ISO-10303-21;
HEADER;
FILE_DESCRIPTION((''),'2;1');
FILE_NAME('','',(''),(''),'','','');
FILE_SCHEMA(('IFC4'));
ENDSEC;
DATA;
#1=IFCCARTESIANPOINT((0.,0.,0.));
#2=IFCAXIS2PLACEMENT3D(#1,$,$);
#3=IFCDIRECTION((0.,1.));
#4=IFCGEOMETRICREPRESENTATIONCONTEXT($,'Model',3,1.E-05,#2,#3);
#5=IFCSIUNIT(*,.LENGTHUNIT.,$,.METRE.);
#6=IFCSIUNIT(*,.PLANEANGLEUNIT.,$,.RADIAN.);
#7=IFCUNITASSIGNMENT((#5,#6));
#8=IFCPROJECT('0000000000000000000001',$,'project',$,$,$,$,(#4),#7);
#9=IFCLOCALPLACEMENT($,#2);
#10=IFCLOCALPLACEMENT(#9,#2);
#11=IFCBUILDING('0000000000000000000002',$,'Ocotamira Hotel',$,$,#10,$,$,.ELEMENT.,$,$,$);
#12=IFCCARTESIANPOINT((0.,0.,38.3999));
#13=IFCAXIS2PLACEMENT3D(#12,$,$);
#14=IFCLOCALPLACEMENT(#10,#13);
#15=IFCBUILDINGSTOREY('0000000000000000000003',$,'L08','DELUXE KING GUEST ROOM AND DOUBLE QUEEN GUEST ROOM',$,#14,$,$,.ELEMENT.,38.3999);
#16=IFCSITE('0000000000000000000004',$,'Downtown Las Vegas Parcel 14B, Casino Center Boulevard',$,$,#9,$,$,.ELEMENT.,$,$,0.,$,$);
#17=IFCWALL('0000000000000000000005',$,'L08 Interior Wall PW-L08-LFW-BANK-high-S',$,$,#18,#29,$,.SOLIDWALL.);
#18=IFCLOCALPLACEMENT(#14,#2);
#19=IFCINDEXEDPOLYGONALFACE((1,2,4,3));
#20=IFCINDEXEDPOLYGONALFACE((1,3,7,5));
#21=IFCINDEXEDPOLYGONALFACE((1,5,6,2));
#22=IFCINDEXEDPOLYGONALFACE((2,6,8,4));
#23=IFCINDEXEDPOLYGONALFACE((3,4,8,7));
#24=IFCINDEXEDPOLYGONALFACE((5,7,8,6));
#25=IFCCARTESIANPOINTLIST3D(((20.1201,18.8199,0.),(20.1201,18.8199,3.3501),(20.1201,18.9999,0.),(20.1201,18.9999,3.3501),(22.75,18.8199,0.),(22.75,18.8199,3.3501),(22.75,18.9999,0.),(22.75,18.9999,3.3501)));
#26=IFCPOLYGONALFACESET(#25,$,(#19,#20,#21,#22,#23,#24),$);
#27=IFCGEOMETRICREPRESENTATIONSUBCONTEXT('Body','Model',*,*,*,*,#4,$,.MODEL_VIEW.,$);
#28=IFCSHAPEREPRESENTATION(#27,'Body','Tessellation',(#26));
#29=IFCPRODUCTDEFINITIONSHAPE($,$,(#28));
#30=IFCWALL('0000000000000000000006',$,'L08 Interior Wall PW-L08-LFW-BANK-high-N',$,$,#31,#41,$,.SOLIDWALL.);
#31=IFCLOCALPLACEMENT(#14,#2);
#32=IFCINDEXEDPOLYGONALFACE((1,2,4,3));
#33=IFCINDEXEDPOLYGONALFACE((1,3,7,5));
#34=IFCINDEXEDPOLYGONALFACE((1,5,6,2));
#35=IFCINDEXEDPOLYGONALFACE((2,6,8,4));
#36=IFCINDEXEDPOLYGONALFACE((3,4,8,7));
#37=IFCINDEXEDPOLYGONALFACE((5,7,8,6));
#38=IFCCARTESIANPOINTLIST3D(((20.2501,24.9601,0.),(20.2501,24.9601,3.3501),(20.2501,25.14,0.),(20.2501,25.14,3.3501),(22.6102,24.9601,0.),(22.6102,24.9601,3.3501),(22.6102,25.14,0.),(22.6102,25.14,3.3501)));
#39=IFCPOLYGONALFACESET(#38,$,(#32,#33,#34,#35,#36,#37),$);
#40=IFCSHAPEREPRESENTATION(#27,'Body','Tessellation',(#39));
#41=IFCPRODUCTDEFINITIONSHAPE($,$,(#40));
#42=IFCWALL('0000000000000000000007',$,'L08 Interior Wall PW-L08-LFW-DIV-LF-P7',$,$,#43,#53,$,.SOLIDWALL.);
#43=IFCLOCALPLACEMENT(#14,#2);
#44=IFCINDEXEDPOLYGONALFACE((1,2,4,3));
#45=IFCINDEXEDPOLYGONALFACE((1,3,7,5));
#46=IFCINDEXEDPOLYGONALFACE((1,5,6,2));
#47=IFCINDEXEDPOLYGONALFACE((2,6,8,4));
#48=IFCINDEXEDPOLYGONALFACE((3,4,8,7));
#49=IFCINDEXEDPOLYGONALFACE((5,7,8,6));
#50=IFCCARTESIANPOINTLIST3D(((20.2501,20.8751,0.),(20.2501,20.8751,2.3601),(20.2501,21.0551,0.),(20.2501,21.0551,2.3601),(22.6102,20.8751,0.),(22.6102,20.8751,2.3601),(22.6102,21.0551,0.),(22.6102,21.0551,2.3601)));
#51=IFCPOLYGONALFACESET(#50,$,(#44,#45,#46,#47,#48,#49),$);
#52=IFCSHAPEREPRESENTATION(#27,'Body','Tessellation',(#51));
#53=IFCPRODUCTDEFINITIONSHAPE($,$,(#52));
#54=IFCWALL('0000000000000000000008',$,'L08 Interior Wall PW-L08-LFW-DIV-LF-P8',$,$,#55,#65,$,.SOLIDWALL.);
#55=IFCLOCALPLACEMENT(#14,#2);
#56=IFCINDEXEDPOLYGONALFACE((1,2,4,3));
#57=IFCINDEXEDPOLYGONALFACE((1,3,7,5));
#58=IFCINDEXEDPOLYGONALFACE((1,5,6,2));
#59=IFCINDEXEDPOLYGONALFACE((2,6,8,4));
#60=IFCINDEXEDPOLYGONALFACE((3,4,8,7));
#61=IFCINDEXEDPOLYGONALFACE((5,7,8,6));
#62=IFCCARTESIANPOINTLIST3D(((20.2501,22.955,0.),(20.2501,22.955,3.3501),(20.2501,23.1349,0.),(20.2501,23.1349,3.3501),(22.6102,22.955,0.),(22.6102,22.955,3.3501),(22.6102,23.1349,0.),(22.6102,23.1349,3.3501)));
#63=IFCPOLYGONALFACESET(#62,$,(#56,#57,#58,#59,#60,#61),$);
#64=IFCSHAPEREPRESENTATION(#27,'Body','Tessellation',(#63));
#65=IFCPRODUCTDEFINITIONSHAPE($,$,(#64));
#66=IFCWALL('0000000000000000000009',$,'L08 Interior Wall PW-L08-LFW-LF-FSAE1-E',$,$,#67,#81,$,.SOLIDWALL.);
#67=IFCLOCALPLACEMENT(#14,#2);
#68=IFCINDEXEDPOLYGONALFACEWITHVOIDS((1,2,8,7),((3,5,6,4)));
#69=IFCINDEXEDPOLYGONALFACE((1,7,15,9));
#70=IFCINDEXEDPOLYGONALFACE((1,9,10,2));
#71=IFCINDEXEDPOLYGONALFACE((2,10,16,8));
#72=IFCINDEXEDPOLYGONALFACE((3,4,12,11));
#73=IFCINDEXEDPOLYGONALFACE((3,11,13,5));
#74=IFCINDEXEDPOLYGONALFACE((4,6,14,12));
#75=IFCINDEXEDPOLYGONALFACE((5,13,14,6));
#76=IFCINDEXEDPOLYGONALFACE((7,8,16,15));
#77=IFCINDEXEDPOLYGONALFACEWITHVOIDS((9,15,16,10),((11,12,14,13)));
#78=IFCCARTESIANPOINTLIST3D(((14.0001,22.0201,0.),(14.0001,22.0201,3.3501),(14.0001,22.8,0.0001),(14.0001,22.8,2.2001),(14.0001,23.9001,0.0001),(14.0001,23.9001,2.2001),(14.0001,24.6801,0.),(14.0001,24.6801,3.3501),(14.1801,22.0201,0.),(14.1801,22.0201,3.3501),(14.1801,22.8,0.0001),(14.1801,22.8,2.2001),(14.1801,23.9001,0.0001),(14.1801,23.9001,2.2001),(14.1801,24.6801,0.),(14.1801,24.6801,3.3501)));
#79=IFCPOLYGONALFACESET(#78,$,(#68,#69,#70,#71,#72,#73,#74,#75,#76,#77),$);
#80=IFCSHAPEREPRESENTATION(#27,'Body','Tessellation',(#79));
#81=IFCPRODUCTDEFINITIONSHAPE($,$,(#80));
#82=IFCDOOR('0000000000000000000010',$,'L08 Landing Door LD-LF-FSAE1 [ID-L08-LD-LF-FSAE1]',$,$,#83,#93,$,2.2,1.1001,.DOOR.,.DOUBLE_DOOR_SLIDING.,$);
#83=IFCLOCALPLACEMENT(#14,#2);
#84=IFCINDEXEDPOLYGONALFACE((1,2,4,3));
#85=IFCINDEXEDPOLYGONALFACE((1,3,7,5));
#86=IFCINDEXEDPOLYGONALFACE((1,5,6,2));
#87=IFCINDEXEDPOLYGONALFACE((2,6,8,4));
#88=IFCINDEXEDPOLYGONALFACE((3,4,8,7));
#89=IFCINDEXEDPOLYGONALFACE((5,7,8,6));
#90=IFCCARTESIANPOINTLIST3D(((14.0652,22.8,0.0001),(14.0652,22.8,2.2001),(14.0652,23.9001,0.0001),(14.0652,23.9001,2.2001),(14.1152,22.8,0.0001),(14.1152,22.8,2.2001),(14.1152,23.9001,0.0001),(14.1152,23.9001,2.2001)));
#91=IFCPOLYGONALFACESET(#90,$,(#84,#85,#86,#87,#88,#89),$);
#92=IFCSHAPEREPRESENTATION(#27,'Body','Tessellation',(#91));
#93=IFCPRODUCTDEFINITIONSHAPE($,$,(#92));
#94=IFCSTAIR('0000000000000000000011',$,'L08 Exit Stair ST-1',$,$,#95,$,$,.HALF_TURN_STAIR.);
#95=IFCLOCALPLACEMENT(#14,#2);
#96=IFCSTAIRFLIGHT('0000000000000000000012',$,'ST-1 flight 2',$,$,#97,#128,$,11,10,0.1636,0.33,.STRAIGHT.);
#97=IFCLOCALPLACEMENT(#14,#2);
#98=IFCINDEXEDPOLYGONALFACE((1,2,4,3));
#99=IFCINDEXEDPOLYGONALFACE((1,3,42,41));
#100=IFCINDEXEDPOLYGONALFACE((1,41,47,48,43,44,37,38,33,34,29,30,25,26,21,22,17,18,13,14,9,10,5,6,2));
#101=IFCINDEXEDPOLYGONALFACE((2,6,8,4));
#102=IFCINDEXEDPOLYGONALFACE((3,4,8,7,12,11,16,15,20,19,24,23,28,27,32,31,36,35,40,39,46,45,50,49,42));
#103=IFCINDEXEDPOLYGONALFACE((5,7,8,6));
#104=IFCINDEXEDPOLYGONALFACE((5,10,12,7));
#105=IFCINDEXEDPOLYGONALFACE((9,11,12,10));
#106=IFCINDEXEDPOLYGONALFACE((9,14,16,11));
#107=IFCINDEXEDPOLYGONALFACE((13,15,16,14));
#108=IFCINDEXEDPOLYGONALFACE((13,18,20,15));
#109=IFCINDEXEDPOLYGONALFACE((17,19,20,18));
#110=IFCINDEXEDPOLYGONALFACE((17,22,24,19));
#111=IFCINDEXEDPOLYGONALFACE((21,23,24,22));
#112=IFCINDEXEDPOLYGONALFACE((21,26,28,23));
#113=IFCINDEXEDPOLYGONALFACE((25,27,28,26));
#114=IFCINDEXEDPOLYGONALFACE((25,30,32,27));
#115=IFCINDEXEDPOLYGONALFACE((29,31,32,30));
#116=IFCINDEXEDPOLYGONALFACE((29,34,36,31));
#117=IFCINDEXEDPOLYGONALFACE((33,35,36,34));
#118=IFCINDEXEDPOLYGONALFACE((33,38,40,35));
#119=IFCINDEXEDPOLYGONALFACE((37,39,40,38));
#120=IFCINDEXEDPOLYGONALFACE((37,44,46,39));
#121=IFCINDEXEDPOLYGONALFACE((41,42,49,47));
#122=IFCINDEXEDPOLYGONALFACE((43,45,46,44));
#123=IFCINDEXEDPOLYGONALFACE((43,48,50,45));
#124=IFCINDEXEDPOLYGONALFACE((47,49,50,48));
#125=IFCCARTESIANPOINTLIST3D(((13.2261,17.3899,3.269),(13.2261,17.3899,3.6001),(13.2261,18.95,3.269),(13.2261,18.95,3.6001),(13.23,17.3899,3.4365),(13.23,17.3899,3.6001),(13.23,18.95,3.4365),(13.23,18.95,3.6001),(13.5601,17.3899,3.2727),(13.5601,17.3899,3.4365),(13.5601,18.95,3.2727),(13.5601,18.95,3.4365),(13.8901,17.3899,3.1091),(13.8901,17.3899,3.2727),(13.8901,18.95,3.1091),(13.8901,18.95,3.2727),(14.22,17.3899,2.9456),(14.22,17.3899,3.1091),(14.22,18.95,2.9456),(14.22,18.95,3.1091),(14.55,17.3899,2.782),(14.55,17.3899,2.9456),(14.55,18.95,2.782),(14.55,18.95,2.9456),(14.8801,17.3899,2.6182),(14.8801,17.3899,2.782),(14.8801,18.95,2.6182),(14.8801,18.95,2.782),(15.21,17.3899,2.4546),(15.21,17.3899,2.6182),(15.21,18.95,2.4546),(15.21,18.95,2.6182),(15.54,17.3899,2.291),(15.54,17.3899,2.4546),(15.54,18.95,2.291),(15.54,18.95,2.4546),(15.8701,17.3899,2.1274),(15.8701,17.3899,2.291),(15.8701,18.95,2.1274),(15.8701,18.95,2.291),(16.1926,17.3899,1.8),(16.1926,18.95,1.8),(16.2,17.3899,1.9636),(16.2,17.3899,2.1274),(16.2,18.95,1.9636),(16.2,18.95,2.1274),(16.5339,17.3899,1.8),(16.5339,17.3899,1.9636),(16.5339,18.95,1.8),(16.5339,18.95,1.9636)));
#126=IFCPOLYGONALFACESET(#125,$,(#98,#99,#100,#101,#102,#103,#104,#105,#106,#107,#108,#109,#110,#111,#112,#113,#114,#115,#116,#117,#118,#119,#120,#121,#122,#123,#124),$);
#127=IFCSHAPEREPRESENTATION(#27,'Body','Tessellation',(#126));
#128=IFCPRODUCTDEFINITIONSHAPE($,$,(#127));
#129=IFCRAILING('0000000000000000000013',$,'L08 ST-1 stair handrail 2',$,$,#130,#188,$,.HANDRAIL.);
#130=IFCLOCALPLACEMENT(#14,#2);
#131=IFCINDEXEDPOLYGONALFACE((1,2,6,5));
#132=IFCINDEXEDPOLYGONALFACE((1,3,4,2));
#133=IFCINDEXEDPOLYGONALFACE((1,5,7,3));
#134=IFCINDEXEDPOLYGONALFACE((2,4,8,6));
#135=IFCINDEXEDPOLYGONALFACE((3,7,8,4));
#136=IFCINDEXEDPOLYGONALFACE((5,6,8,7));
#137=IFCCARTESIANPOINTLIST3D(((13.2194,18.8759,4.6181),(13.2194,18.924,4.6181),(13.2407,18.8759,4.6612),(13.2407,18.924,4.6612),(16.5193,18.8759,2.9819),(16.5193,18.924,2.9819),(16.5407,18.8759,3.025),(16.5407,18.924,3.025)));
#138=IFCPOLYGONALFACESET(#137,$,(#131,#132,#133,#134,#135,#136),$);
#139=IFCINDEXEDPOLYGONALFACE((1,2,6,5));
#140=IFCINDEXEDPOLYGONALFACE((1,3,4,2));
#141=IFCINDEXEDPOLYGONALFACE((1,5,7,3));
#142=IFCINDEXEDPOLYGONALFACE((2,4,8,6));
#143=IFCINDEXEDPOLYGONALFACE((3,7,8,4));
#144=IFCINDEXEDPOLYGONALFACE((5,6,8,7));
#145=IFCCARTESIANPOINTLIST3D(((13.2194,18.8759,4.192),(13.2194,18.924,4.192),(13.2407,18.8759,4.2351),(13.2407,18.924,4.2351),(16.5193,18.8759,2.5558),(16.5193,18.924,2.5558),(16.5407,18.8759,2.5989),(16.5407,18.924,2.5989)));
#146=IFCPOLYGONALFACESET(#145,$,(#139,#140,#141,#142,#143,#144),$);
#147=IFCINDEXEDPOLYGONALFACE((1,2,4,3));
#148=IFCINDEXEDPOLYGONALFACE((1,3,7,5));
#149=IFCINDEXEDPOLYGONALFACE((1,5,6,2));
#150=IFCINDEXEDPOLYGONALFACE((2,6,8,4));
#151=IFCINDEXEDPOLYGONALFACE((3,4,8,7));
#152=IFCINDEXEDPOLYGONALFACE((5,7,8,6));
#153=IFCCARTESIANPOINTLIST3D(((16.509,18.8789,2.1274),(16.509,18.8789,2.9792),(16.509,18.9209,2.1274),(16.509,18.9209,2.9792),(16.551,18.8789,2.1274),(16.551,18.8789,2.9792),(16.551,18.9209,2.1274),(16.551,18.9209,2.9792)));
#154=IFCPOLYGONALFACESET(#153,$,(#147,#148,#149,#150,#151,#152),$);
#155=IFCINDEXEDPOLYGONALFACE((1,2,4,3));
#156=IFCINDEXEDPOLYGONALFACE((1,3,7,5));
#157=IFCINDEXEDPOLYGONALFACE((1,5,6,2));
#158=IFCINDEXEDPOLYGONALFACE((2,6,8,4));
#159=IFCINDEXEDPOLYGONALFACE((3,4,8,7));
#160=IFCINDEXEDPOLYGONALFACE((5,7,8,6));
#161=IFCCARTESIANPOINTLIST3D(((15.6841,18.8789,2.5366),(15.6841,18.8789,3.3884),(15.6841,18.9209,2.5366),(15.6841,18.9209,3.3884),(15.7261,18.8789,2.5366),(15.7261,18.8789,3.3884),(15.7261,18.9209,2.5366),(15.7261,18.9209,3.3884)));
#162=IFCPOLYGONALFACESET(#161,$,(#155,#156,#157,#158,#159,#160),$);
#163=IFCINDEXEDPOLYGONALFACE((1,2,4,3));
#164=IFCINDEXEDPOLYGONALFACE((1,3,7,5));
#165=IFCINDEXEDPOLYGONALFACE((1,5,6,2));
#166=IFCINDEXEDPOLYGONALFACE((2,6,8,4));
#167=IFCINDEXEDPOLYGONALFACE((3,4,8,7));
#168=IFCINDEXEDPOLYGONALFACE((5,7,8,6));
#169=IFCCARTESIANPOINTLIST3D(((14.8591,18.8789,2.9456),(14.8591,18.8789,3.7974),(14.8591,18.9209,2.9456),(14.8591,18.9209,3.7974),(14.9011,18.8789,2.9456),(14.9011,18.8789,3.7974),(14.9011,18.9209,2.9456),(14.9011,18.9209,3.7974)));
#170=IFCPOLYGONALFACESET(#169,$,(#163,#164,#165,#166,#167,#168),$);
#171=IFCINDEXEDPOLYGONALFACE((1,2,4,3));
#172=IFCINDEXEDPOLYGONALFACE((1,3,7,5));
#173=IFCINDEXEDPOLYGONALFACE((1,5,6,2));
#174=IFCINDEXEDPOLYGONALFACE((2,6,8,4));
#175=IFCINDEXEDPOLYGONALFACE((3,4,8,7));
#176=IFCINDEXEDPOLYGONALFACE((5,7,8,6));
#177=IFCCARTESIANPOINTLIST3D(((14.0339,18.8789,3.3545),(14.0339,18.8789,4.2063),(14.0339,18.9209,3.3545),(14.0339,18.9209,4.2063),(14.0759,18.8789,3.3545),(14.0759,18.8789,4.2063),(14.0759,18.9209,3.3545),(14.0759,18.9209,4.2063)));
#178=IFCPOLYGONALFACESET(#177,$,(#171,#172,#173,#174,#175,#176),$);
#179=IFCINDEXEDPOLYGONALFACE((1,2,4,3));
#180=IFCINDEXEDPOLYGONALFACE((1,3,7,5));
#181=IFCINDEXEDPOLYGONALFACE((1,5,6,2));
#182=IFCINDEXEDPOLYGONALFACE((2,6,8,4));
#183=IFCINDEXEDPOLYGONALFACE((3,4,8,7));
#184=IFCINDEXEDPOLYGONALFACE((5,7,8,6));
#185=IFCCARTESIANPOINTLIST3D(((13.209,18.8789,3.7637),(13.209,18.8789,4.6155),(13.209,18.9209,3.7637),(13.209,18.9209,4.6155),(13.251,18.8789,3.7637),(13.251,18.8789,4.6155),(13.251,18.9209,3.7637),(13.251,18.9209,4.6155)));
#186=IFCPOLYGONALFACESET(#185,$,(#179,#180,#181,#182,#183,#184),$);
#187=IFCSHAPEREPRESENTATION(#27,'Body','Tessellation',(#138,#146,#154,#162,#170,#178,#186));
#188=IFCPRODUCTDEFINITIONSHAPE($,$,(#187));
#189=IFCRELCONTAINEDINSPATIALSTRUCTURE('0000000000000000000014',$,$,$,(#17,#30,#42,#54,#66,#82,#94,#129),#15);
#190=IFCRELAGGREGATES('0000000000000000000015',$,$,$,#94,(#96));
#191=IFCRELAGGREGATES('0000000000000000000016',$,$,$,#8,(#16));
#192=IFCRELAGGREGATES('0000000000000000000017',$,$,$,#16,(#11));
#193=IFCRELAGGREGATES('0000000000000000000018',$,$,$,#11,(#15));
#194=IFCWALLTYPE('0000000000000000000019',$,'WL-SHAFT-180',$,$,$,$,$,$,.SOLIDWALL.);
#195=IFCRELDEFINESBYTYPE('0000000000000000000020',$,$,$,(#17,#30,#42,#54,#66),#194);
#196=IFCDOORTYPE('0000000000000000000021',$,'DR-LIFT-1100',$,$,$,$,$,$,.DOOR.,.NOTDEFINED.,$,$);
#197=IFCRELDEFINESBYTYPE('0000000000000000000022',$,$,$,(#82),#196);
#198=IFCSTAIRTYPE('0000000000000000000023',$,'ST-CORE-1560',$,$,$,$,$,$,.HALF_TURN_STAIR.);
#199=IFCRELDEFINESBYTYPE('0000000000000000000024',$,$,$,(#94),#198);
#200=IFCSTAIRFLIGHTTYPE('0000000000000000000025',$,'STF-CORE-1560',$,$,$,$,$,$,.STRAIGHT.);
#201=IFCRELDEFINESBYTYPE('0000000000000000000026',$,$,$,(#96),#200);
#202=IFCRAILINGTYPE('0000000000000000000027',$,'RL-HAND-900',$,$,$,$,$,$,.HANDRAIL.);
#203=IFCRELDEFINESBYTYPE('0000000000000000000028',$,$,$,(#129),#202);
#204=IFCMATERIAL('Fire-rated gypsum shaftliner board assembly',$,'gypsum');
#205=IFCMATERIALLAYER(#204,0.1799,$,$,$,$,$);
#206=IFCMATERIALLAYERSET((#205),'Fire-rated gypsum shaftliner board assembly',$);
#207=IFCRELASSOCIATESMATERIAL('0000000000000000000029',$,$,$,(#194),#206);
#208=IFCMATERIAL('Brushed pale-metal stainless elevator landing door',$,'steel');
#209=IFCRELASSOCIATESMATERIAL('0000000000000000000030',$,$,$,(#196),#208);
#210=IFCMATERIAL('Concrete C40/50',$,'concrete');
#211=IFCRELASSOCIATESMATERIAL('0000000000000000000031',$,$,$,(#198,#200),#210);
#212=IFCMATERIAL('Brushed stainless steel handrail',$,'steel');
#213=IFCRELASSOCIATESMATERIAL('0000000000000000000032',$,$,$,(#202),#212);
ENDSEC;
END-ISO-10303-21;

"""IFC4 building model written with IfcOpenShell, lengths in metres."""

from ifc_helpers import new_model, si_unit, direction, frame, frame_2d, origin, origin_2d, place, context, subcontext, project, spatial, polyline, rectangle, outline, extrude, source, transform, mapped, material, layer, layer_set, type_object, element, fill, aggregate, save


model = new_model("IFC4")

# Units and contexts
model_context = context("Model", 3, precision=1e-05, world=origin(), true_north=direction((0.0, 1.0)))
body_context = subcontext(model_context, "Body", "Model", "MODEL_VIEW")
ifc_project = project(units=[si_unit("LENGTHUNIT", "METRE"), si_unit("PLANEANGLEUNIT", "RADIAN")], contexts=[model_context])

# Site, building, storey
site_placement = place(None, origin())
site = spatial("IfcSite", under=ifc_project, at=site_placement, Name="Downtown Las Vegas Parcel 14B, Casino Center Boulevard", CompositionType="ELEMENT", RefElevation=0.0)
building_placement = place(site_placement, origin())
building = spatial("IfcBuilding", under=site, at=building_placement, Name="Ocotamira Hotel", CompositionType="ELEMENT")
storey_placement = place(building_placement, frame((0.0, 0.0, 38.3999)))
storey = spatial("IfcBuildingStorey", under=building, at=storey_placement, Name="L08", Description="DELUXE KING GUEST ROOM AND DOUBLE QUEEN GUEST ROOM", CompositionType="ELEMENT", Elevation=38.3999)

# Walls
ifc_material_1 = material(Name="Fire-rated gypsum shaftliner board assembly", Category="gypsum")
ifc_layer_1 = layer(ifc_material_1, 0.1799)
ifc_layer_set_1 = layer_set([ifc_layer_1], Name="Fire-rated gypsum shaftliner board assembly")
wall_type_1 = type_object("IfcWallType", Name="WL-SHAFT-180", PredefinedType="SOLIDWALL", material=ifc_layer_set_1)
wall_1_placement = place(storey_placement, frame((20.1201, 18.9099, 0.0), z_axis=(0.0, 0.0, 1.0), x_axis=(1.0, 0.0, 0.0)))
element("IfcWall", 1, at=wall_1_placement, inside=storey, type_object=wall_type_1, Name="L08 Interior Wall PW-L08-LFW-BANK-high-S", PredefinedType="SOLIDWALL", context=body_context, shape_type="SweptSolid", body=[
    extrude(rectangle(XDim=2.6299, YDim=0.1799, at=frame_2d((1.3149, 0.0))), origin(), (0.0, 0.0, 1.0), 3.3501),
])
wall_2_placement = place(storey_placement, frame((20.25, 25.05, 0.0), z_axis=(0.0, 0.0, 1.0), x_axis=(1.0, 0.0, 0.0)))
element("IfcWall", 2, at=wall_2_placement, inside=storey, type_object=wall_type_1, Name="L08 Interior Wall PW-L08-LFW-BANK-high-N", PredefinedType="SOLIDWALL", context=body_context, shape_type="SweptSolid", body=[
    extrude(rectangle(XDim=2.3601, YDim=0.1799, at=frame_2d((1.1802, 0.0))), origin(), (0.0, 0.0, 1.0), 3.3501),
])
wall_3_placement = place(storey_placement, frame((20.25, 20.9651, 0.0), z_axis=(0.0, 0.0, 1.0), x_axis=(1.0, 0.0, 0.0)))
element("IfcWall", 3, at=wall_3_placement, inside=storey, type_object=wall_type_1, Name="L08 Interior Wall PW-L08-LFW-DIV-LF-P7", PredefinedType="SOLIDWALL", context=body_context, shape_type="SweptSolid", body=[
    extrude(rectangle(XDim=2.3601, YDim=0.1799, at=frame_2d((1.1802, 0.0))), origin(), (0.0, 0.0, 1.0), 2.3601),
])
wall_4_placement = place(storey_placement, frame((20.25, 23.0449, 0.0), z_axis=(0.0, 0.0, 1.0), x_axis=(1.0, 0.0, 0.0)))
element("IfcWall", 4, at=wall_4_placement, inside=storey, type_object=wall_type_1, Name="L08 Interior Wall PW-L08-LFW-DIV-LF-P8", PredefinedType="SOLIDWALL", context=body_context, shape_type="SweptSolid", body=[
    extrude(rectangle(XDim=2.3601, YDim=0.1799, at=frame_2d((1.1802, 0.0))), origin(), (0.0, 0.0, 1.0), 3.3501),
])

# Wall, opening, door
wall_5_placement = place(storey_placement, frame((14.0901, 22.02, 0.0), z_axis=(0.0, 0.0, 1.0), x_axis=(0.0, 1.0, 0.0)))
wall_5 = element("IfcWall", 5, at=wall_5_placement, inside=storey, type_object=wall_type_1, Name="L08 Interior Wall PW-L08-LFW-LF-FSAE1-E", PredefinedType="SOLIDWALL", context=body_context, shape_type="SweptSolid", body=[
    extrude(rectangle(XDim=2.6599, YDim=0.1799, at=frame_2d((1.3301, 0.0))), origin(), (0.0, 0.0, 1.0), 3.3501),
])
opening_1_placement = place(wall_5_placement, frame((0.78, 0.0, 0.0)))
opening_1 = element("IfcOpeningElement", 6, at=opening_1_placement, cuts=wall_5, PredefinedType="OPENING", context=body_context, shape_type="SweptSolid", body=[
    extrude(rectangle(XDim=1.1001, YDim=2.2, at=frame_2d((0.55, 1.1001))), frame((0.0, 0.1001, 0.0), z_axis=(0.0, -1.0, 0.0), x_axis=(1.0, 0.0, 0.0)), (0.0, 0.0, 1.0), 0.2),
])
ifc_material_2 = material(Name="Brushed pale-metal stainless elevator landing door", Category="steel")
door_type_1 = type_object("IfcDoorType", Name="DR-LIFT-1100", OperationType="NOTDEFINED", PredefinedType="DOOR", material=ifc_material_2)
shared_shape_1 = source(origin(), body_context, "Body", "SweptSolid", [
    extrude(rectangle(XDim=1.1001, YDim=2.2, at=frame_2d((0.55, 1.1001))), frame((0.0, 0.0249, 0.0), z_axis=(0.0, -1.0, 0.0), x_axis=(1.0, 0.0, 0.0)), (0.0, 0.0, 1.0), 0.05),
])
door_1_placement = place(opening_1_placement, origin())
door_1 = element("IfcDoor", 7, at=door_1_placement, inside=storey, type_object=door_type_1, Name="L08 Landing Door LD-LF-FSAE1 [ID-L08-LD-LF-FSAE1]", OperationType="DOUBLE_DOOR_SLIDING", OverallHeight=2.2, OverallWidth=1.1001, PredefinedType="DOOR", context=body_context, shape_type="MappedRepresentation", body=[
    mapped(shared_shape_1, transform((0.0, 0.0, 0.0), scale=1.0)),
])
fill(opening_1, door_1)

# Stair, stair flight
ifc_material_3 = material(Name="Concrete C40/50", Category="concrete")
stair_type = type_object("IfcStairType", Name="ST-CORE-1560", PredefinedType="HALF_TURN_STAIR", material=ifc_material_3)
stair_placement = place(storey_placement, origin())
stair = element("IfcStair", 8, at=stair_placement, inside=storey, type_object=stair_type, Name="L08 Exit Stair ST-1", PredefinedType="HALF_TURN_STAIR")
stair_flight_type = type_object("IfcStairFlightType", Name="STF-CORE-1560", PredefinedType="STRAIGHT", material=ifc_material_3)
shared_shape_2 = source(origin(), body_context, "Body", "SweptSolid", [
    extrude(outline(polyline([(-0.0039, 0.0), (-0.0039, 0.1636), (0.3301, 0.1636), (0.3301, 0.3274), (0.6599, 0.3274), (0.6599, 0.491), (0.99, 0.491), (0.99, 0.6545), (1.3201, 0.6545), (1.3201, 0.8181), (1.6499, 0.8181), (1.6499, 0.9819), (1.98, 0.9819), (1.98, 1.1455), (2.3101, 1.1455), (2.3101, 1.3091), (2.6399, 1.3091), (2.6399, 1.4727), (2.97, 1.4727), (2.97, 1.6365), (3.3, 1.6365), (3.3, 1.8), (3.304, 1.8), (3.304, 1.469), (0.3374, 0.0), (-0.0039, 0.0)])), frame((0.0, 0.78, 0.0), z_axis=(0.0, -1.0, 0.0), x_axis=(1.0, 0.0, 0.0)), (0.0, 0.0, 1.0), 1.5601),
])
stair_flight_placement = place(storey_placement, frame((16.53, 18.1699, 1.8), z_axis=(0.0, 0.0, 1.0), x_axis=(-1.0, 0.0, 0.0)))
stair_flight = element("IfcStairFlight", 9, at=stair_flight_placement, type_object=stair_flight_type, Name="ST-1 flight 2", NumberOfRisers=11, NumberOfTreads=10, PredefinedType="STRAIGHT", RiserHeight=0.1636, TreadLength=0.33, context=body_context, shape_type="MappedRepresentation", body=[
    mapped(shared_shape_2, transform((0.0, 0.0, 0.0), scale=1.0)),
])
aggregate(stair, [stair_flight])

# Railing
ifc_material_4 = material(Name="Brushed stainless steel handrail", Category="steel")
railing_type_1 = type_object("IfcRailingType", Name="RL-HAND-900", PredefinedType="HANDRAIL", material=ifc_material_4)
railing_1_placement = place(storey_placement, frame((16.53, 18.8999, 2.1274)))
element("IfcRailing", 10, at=railing_1_placement, inside=storey, type_object=railing_type_1, Name="L08 ST-1 stair handrail 2", PredefinedType="HANDRAIL", context=body_context, shape_type="SweptSolid", body=[
    extrude(rectangle(XDim=0.0481, YDim=0.0481, at=origin_2d()), frame((0.0, 0.0, 0.876), z_axis=(-0.89592, 0.0, 0.444215), x_axis=(0.0, -1.0, 0.0)), (0.0, 0.0, 1.0), 3.6833),
    extrude(rectangle(XDim=0.0481, YDim=0.0481, at=origin_2d()), frame((0.0, 0.0, 0.45), z_axis=(-0.89592, 0.0, 0.444215), x_axis=(0.0, -1.0, 0.0)), (0.0, 0.0, 1.0), 3.6833),
    extrude(rectangle(XDim=0.042, YDim=0.042, at=origin_2d()), origin(), (0.0, 0.0, 1.0), 0.8518),
    extrude(rectangle(XDim=0.042, YDim=0.042, at=origin_2d()), frame((-0.825, 0.0, 0.4092)), (0.0, 0.0, 1.0), 0.8518),
    extrude(rectangle(XDim=0.042, YDim=0.042, at=origin_2d()), frame((-1.6499, 0.0, 0.8181)), (0.0, 0.0, 1.0), 0.8518),
    extrude(rectangle(XDim=0.042, YDim=0.042, at=origin_2d()), frame((-2.4751, 0.0, 1.2271)), (0.0, 0.0, 1.0), 0.8518),
    extrude(rectangle(XDim=0.042, YDim=0.042, at=origin_2d()), frame((-3.3, 0.0, 1.6362)), (0.0, 0.0, 1.0), 0.8518),
])

save(model, "model.ifc")
